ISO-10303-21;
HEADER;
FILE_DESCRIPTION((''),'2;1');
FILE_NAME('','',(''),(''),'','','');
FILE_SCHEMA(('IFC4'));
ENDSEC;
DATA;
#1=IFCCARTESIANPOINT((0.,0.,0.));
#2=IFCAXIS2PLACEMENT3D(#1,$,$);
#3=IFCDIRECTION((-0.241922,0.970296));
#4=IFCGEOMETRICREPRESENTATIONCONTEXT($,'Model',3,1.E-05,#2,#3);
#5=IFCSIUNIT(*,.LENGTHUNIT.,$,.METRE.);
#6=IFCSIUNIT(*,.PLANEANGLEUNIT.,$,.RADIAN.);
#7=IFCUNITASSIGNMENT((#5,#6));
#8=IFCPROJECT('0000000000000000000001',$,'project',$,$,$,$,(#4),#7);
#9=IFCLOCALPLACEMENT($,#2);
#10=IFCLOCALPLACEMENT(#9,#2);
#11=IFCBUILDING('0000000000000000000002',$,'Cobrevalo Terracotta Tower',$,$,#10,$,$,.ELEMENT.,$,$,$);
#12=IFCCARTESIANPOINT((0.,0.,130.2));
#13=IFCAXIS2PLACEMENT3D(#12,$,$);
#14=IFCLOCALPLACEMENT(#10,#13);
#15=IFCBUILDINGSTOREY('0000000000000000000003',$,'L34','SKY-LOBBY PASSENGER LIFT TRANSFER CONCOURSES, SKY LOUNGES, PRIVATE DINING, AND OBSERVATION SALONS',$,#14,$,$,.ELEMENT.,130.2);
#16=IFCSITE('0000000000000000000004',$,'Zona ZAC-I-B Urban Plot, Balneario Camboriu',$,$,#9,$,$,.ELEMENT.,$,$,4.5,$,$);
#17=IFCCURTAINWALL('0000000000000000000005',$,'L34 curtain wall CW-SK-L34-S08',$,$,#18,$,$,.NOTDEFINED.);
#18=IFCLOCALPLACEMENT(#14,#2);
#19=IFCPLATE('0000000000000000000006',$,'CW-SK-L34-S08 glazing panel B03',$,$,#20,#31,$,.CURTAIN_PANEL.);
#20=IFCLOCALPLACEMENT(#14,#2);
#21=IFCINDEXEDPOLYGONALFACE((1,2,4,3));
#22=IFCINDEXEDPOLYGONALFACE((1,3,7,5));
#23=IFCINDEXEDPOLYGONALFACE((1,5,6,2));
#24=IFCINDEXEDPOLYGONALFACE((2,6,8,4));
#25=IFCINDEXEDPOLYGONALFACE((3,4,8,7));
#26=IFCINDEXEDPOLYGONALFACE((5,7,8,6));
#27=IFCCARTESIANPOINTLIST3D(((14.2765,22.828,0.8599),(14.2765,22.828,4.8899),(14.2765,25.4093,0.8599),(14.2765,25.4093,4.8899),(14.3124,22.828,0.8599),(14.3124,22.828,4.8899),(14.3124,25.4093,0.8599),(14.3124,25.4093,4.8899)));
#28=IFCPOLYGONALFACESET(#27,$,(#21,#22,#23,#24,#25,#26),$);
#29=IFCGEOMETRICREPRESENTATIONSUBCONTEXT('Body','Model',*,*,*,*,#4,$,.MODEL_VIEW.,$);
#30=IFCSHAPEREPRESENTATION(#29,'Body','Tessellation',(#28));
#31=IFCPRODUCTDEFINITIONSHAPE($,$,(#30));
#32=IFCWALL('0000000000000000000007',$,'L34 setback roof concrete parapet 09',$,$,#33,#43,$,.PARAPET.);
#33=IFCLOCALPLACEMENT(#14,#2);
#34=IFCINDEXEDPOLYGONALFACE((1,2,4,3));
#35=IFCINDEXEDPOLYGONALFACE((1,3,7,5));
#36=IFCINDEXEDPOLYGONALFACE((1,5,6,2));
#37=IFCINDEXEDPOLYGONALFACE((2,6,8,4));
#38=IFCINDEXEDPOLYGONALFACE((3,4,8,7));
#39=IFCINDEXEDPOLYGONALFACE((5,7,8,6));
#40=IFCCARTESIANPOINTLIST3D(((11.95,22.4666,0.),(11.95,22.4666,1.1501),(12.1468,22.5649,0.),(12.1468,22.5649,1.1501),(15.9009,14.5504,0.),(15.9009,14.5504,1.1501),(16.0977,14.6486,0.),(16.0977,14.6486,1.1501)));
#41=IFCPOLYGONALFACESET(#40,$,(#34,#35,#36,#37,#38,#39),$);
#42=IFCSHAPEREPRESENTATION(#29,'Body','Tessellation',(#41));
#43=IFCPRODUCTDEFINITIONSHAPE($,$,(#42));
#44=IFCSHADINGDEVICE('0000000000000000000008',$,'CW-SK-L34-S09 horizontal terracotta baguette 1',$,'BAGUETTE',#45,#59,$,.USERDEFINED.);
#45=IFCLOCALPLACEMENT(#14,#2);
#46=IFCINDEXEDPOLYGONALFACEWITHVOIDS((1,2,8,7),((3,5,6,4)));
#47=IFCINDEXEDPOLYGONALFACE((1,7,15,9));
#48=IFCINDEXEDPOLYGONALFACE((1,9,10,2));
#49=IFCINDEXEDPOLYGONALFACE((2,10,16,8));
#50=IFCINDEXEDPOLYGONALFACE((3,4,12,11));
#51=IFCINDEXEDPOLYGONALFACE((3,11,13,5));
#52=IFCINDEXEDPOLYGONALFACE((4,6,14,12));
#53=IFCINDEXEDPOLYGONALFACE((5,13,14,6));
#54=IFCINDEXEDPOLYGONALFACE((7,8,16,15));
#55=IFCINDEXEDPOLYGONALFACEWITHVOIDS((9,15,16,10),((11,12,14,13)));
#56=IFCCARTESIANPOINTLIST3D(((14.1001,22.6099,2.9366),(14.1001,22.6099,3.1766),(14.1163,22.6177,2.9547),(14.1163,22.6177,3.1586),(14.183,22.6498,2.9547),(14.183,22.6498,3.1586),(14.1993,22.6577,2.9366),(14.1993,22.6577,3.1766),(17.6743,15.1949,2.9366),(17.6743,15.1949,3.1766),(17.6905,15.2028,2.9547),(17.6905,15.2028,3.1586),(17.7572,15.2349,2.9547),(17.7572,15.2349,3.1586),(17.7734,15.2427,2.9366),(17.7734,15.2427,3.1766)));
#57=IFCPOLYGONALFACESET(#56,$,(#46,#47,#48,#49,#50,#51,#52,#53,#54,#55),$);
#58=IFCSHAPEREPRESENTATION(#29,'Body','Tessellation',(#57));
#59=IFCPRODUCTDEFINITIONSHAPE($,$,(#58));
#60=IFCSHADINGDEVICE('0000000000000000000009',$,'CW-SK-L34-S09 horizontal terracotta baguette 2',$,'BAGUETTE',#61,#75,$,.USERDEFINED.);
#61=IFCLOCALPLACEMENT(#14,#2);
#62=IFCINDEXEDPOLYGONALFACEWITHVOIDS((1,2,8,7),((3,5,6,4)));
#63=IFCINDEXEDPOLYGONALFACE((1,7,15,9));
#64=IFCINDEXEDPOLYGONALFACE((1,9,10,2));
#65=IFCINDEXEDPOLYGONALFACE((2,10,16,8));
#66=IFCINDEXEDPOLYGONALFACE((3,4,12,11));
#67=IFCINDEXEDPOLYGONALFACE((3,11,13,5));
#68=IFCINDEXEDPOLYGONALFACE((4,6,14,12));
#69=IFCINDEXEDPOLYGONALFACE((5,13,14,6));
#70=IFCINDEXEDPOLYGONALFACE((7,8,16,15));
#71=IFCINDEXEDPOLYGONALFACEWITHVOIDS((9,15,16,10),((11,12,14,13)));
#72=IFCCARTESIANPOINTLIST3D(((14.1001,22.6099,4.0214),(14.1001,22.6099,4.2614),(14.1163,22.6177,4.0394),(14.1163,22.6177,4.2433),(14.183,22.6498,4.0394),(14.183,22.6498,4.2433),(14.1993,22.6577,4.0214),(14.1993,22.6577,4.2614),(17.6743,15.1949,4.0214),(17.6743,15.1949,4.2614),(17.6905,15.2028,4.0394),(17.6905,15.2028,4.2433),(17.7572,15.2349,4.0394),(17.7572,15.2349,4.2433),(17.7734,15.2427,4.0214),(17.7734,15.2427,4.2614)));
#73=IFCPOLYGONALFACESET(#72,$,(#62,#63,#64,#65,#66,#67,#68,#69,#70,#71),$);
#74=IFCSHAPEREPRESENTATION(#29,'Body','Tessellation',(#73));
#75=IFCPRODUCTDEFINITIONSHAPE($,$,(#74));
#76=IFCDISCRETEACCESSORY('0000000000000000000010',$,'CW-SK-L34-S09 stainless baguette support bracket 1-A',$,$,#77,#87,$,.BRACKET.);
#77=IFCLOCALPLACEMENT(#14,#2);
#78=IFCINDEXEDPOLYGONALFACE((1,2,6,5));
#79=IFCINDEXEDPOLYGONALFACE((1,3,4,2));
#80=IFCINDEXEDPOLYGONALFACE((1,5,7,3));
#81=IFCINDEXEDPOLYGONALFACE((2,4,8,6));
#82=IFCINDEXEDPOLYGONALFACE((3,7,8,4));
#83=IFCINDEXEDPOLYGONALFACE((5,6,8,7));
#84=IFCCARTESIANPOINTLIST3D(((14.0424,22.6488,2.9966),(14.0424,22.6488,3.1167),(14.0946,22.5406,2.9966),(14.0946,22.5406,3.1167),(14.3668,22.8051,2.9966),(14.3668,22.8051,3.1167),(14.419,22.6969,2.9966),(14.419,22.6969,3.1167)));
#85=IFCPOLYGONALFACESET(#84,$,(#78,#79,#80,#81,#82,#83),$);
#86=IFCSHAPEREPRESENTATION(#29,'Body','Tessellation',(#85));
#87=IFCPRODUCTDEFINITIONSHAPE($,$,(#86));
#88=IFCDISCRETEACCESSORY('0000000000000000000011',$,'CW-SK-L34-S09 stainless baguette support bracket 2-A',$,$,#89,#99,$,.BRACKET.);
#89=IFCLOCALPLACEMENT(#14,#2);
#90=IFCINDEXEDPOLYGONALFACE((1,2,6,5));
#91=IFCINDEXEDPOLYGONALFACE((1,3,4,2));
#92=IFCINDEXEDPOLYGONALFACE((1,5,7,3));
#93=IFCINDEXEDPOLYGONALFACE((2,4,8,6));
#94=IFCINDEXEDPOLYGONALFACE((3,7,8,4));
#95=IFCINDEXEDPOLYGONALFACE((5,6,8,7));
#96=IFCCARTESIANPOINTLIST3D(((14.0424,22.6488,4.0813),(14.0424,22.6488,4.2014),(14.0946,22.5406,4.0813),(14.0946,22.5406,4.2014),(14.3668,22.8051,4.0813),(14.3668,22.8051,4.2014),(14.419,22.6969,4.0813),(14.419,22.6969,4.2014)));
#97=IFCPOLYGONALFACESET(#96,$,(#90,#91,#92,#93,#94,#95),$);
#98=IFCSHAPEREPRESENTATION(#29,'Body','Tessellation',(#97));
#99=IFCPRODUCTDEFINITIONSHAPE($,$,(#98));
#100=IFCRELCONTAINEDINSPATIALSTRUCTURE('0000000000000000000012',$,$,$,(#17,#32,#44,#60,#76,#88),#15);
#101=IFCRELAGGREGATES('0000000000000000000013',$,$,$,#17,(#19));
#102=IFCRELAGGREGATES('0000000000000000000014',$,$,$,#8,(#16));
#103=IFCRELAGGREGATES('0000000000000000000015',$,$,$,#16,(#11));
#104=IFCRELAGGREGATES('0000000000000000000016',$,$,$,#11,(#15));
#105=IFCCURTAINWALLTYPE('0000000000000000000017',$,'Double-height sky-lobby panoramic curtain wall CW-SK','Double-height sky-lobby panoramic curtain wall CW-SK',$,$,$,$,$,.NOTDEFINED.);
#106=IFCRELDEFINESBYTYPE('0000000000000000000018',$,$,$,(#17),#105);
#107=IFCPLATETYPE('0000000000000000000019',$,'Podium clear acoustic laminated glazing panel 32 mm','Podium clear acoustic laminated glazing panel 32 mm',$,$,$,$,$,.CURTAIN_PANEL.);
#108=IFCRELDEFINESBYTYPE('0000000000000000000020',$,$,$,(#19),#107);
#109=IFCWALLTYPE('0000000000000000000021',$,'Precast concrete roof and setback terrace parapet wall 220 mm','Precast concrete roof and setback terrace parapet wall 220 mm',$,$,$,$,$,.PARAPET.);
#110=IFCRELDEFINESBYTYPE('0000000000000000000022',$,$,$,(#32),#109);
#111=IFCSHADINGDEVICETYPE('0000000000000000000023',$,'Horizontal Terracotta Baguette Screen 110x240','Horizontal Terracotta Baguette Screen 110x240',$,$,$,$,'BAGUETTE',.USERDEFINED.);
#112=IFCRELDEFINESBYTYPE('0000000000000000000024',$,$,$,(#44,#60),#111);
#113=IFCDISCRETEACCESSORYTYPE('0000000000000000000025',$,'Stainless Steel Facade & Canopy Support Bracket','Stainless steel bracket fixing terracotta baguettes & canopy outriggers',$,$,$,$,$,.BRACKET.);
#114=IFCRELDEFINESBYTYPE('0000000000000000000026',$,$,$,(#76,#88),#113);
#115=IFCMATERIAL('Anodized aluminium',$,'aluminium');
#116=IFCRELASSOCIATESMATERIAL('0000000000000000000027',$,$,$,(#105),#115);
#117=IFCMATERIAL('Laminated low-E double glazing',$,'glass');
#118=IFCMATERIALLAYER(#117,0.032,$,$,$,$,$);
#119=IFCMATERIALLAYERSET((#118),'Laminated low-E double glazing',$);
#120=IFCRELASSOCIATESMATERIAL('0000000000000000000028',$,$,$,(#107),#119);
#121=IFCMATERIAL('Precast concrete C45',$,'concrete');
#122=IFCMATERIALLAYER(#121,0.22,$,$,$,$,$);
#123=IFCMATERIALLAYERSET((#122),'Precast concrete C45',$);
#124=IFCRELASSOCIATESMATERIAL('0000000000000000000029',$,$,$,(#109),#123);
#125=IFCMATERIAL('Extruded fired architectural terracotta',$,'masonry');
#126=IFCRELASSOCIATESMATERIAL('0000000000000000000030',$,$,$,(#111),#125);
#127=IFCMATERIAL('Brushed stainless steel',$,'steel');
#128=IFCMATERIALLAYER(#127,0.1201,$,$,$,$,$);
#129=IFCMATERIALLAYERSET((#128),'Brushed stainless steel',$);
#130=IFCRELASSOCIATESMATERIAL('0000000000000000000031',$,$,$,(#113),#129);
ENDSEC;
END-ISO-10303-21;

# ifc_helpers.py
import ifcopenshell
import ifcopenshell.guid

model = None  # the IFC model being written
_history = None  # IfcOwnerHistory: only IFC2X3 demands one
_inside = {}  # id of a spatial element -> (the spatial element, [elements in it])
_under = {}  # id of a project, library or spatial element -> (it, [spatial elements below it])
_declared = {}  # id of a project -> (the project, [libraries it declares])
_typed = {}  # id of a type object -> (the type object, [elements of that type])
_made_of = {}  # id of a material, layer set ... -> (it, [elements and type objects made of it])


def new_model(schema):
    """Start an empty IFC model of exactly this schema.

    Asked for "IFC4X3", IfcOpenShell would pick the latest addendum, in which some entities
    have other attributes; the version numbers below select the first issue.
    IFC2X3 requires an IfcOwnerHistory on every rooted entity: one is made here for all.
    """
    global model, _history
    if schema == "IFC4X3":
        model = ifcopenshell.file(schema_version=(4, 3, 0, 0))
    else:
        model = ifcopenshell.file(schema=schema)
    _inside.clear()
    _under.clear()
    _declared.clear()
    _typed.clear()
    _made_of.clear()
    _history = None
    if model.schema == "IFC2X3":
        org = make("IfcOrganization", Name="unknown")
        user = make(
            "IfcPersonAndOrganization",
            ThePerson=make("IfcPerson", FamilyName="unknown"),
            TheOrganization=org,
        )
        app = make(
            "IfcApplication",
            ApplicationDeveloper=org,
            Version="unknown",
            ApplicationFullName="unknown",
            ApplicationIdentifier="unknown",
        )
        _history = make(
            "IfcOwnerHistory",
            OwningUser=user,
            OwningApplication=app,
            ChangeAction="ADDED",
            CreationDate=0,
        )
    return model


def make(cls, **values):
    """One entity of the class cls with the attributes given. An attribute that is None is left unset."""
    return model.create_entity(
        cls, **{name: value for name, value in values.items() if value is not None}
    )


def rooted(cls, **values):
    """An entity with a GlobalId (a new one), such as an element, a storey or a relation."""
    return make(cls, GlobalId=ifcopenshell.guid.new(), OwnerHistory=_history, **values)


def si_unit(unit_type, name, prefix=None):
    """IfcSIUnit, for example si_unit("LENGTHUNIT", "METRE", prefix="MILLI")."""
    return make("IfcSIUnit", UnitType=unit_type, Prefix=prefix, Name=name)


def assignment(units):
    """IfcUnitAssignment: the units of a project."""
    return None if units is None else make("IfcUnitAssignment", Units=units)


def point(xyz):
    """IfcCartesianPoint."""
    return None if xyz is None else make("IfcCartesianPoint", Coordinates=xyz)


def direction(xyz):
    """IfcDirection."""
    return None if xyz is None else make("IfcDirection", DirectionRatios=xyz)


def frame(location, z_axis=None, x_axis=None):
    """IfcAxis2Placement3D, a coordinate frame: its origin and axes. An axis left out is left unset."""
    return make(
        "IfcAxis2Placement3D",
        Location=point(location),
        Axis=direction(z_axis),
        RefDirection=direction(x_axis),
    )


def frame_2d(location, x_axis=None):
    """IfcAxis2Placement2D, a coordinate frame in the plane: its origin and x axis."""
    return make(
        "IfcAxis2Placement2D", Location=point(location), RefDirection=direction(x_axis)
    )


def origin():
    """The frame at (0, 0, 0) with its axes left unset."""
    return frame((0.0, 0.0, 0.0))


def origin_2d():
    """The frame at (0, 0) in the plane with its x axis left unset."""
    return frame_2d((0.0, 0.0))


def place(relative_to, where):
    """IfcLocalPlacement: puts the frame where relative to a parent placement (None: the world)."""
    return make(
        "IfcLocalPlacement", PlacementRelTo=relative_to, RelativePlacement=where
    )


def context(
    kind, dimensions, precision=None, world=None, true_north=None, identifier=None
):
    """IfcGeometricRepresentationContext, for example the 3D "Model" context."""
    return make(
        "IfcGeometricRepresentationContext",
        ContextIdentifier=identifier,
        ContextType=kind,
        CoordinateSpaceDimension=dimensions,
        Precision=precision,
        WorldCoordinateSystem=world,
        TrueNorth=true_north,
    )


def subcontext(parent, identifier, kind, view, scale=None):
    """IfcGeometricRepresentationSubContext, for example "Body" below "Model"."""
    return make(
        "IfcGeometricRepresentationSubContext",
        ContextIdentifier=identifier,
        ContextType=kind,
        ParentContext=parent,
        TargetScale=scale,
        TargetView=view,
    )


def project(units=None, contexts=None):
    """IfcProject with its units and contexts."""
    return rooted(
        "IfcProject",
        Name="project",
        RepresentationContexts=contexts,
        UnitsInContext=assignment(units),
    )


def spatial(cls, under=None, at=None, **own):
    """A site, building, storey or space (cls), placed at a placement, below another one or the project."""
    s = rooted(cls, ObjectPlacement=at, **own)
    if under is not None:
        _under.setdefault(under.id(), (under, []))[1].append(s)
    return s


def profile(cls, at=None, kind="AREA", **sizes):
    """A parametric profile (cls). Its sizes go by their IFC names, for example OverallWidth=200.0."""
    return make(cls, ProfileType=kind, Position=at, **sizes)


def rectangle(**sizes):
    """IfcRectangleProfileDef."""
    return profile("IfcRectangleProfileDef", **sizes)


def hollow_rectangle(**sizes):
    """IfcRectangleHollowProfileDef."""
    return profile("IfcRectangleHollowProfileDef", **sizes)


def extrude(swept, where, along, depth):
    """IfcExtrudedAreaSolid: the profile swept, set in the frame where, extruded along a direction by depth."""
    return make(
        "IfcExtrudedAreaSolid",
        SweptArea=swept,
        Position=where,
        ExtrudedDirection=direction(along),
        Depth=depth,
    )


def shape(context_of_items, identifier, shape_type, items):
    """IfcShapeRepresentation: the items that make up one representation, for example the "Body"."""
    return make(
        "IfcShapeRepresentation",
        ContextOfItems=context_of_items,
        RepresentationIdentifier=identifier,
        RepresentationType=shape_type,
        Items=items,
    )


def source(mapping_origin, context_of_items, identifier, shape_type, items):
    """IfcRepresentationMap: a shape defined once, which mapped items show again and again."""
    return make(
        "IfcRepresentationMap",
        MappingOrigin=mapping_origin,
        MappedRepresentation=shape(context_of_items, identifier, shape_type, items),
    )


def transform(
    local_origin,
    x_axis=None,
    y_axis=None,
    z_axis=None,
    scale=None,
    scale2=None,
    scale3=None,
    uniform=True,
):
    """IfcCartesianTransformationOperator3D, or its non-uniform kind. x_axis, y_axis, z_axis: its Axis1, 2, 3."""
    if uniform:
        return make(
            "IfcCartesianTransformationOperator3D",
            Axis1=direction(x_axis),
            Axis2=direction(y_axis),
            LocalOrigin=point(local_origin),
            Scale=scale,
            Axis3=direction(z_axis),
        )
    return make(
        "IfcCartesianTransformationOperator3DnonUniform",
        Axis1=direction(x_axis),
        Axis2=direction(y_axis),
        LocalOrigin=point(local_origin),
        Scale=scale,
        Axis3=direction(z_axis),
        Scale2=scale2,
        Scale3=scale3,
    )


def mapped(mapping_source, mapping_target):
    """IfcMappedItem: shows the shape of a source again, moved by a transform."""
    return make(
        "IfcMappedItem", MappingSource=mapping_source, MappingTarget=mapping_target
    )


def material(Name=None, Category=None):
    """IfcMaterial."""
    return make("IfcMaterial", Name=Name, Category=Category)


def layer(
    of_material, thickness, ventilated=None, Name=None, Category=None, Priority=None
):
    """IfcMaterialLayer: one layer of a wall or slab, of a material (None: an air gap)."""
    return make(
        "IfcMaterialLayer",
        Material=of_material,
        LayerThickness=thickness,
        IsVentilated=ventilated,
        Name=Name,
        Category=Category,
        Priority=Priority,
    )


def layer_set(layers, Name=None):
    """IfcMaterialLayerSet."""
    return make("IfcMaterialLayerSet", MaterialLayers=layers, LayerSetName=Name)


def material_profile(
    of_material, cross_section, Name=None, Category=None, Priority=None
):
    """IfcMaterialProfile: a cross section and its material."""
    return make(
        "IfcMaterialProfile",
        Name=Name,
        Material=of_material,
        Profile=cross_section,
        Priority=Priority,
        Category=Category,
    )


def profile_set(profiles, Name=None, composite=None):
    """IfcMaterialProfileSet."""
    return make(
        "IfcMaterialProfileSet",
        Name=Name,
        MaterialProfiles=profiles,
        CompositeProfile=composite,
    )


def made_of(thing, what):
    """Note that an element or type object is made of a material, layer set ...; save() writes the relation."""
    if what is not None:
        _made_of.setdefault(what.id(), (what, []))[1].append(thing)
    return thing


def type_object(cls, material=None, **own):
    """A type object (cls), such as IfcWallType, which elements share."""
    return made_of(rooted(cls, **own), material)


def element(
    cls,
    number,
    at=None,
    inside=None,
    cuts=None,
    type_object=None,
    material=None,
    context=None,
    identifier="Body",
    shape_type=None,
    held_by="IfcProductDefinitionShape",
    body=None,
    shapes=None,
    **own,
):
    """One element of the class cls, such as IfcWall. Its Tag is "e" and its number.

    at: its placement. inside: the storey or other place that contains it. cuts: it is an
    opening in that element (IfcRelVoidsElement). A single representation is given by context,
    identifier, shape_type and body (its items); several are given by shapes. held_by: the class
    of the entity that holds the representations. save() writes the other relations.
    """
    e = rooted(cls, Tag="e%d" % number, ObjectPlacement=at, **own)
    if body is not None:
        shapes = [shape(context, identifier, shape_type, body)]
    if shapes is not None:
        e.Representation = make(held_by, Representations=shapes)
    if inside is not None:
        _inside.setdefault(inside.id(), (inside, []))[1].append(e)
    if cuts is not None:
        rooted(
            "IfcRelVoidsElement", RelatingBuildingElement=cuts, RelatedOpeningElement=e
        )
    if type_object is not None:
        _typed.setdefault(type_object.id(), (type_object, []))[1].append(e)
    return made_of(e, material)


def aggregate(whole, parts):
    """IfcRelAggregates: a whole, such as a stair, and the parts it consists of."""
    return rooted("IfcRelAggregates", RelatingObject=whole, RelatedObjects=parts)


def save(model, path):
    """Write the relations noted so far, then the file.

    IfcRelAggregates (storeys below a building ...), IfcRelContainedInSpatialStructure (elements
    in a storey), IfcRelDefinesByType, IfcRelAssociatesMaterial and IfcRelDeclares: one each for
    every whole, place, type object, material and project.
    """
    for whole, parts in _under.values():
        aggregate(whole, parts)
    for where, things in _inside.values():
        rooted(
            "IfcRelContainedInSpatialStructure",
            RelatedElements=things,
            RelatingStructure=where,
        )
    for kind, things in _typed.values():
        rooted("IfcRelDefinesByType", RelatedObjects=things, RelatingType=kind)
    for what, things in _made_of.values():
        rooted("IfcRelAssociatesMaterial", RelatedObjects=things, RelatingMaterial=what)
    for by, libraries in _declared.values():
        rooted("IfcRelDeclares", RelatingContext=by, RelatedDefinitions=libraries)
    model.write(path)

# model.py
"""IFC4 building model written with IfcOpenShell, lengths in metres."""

from ifc_helpers import new_model, si_unit, direction, frame, frame_2d, origin, origin_2d, place, context, subcontext, project, spatial, rectangle, hollow_rectangle, extrude, source, transform, mapped, material, layer, layer_set, material_profile, profile_set, type_object, element, aggregate, save


model = new_model("IFC4")

# Units and contexts
model_context = context("Model", 3, precision=1e-05, world=origin(), true_north=direction((-0.241922, 0.970296)))
body_context = subcontext(model_context, "Body", "Model", "MODEL_VIEW")
ifc_project = project(units=[si_unit("LENGTHUNIT", "METRE"), si_unit("PLANEANGLEUNIT", "RADIAN")], contexts=[model_context])

# Site, building, storey
site_placement = place(None, origin())
site = spatial("IfcSite", under=ifc_project, at=site_placement, Name="Zona ZAC-I-B Urban Plot, Balneario Camboriu", CompositionType="ELEMENT", RefElevation=4.5)
building_placement = place(site_placement, origin())
building = spatial("IfcBuilding", under=site, at=building_placement, Name="Cobrevalo Terracotta Tower", CompositionType="ELEMENT")
storey_placement = place(building_placement, frame((0.0, 0.0, 130.2)))
storey = spatial("IfcBuildingStorey", under=building, at=storey_placement, Name="L34", Description="SKY-LOBBY PASSENGER LIFT TRANSFER CONCOURSES, SKY LOUNGES, PRIVATE DINING, AND OBSERVATION SALONS", CompositionType="ELEMENT", Elevation=130.2)

# Curtain wall
ifc_material_1 = material(Name="Anodized aluminium", Category="aluminium")
curtain_wall_type = type_object("IfcCurtainWallType", Name="Double-height sky-lobby panoramic curtain wall CW-SK", Description="Double-height sky-lobby panoramic curtain wall CW-SK", PredefinedType="NOTDEFINED", material=ifc_material_1)
curtain_wall_1_placement = place(storey_placement, origin())
curtain_wall_1 = element("IfcCurtainWall", 1, at=curtain_wall_1_placement, inside=storey, type_object=curtain_wall_type, Name="L34 curtain wall CW-SK-L34-S08", PredefinedType="NOTDEFINED")

# Plate
ifc_material_2 = material(Name="Laminated low-E double glazing", Category="glass")
ifc_layer_1 = layer(ifc_material_2, 0.032)
ifc_layer_set_1 = layer_set([ifc_layer_1], Name="Laminated low-E double glazing")
plate_type_1 = type_object("IfcPlateType", Name="Podium clear acoustic laminated glazing panel 32 mm", Description="Podium clear acoustic laminated glazing panel 32 mm", PredefinedType="CURTAIN_PANEL", material=ifc_layer_set_1)
shared_shape_1 = source(origin(), body_context, "Body", "SweptSolid", [
    extrude(rectangle(XDim=2.5813, YDim=0.0359, at=origin_2d()), origin(), (0.0, 0.0, 1.0), 4.03),
])
plate_1_placement = place(storey_placement, frame((14.2944, 24.1187, 0.8599), z_axis=(0.0, 0.0, 1.0), x_axis=(0.0, -1.0, 0.0)))
plate_1 = element("IfcPlate", 2, at=plate_1_placement, type_object=plate_type_1, Name="CW-SK-L34-S08 glazing panel B03", PredefinedType="CURTAIN_PANEL", context=body_context, shape_type="MappedRepresentation", body=[
    mapped(shared_shape_1, transform((0.0, 0.0, 0.0), scale=1.0)),
])
aggregate(curtain_wall_1, [plate_1])

# Wall
ifc_material_3 = material(Name="Precast concrete C45", Category="concrete")
ifc_layer_2 = layer(ifc_material_3, 0.22)
ifc_layer_set_2 = layer_set([ifc_layer_2], Name="Precast concrete C45")
wall_type = type_object("IfcWallType", Name="Precast concrete roof and setback terrace parapet wall 220 mm", Description="Precast concrete roof and setback terrace parapet wall 220 mm", PredefinedType="PARAPET", material=ifc_layer_set_2)
wall_placement = place(storey_placement, frame((12.0483, 22.5159, 0.0), z_axis=(0.0, 0.0, 1.0), x_axis=(0.446562, -0.894753, 0.0)))
element("IfcWall", 3, at=wall_placement, inside=storey, type_object=wall_type, Name="L34 setback roof concrete parapet 09", PredefinedType="PARAPET", context=body_context, shape_type="SweptSolid", body=[
    extrude(rectangle(XDim=8.8474, YDim=0.22, at=frame_2d((4.4238, 0.0))), origin(), (0.0, 0.0, 1.0), 1.1501),
])

# Shading devices
ifc_material_4 = material(Name="Extruded fired architectural terracotta", Category="masonry")
ifc_material_profile_1 = material_profile(ifc_material_4, hollow_rectangle(XDim=0.1101, YDim=0.24, WallThickness=0.0181, at=origin_2d()), Name="BAGUETTE 110x240")
ifc_profile_set_1 = profile_set([ifc_material_profile_1], Name="Extruded fired architectural terracotta")
shading_device_type = type_object("IfcShadingDeviceType", Name="Horizontal Terracotta Baguette Screen 110x240", Description="Horizontal Terracotta Baguette Screen 110x240", ElementType="BAGUETTE", PredefinedType="USERDEFINED", material=ifc_profile_set_1)
shared_shape_2 = source(origin(), body_context, "Body", "SweptSolid", [
    extrude(hollow_rectangle(XDim=0.1101, YDim=0.24, WallThickness=0.0181, at=origin_2d()), origin(), (0.0, 0.0, 1.0), 8.2314),
])
for number, where, z_axis, x_axis, name in (
    (4, (14.1497, 22.6338, 3.0566), (0.434212, -0.900811, 0.0), (0.900811, 0.434212, 0.0), "CW-SK-L34-S09 horizontal terracotta baguette 1"),
    (5, (14.1497, 22.6338, 4.1414), (0.434212, -0.900811, 0.0), (0.900811, 0.434212, 0.0), "CW-SK-L34-S09 horizontal terracotta baguette 2"),
):
    element("IfcShadingDevice", number, at=place(storey_placement, frame(where, z_axis=z_axis, x_axis=x_axis)), inside=storey, type_object=shading_device_type, Name=name, ObjectType="BAGUETTE", PredefinedType="USERDEFINED", context=body_context, shape_type="MappedRepresentation", body=[
        mapped(shared_shape_2, transform((0.0, 0.0, 0.0), scale=1.0)),
    ])

# Discrete accessories
ifc_material_5 = material(Name="Brushed stainless steel", Category="steel")
ifc_layer_3 = layer(ifc_material_5, 0.1201)
ifc_layer_set_3 = layer_set([ifc_layer_3], Name="Brushed stainless steel")
discrete_accessory_type = type_object("IfcDiscreteAccessoryType", Name="Stainless Steel Facade & Canopy Support Bracket", Description="Stainless steel bracket fixing terracotta baguettes & canopy outriggers", PredefinedType="BRACKET", material=ifc_layer_set_3)
shared_shape_3 = source(origin(), body_context, "Body", "SweptSolid", [
    extrude(rectangle(XDim=0.1201, YDim=0.3601, at=origin_2d()), origin(), (0.0, 0.0, 1.0), 0.1201),
])
for number, where, z_axis, x_axis, name in (
    (6, (14.2307, 22.6729, 2.9966), (0.0, 0.0, 1.0), (0.434209, -0.900812, 0.0), "CW-SK-L34-S09 stainless baguette support bracket 1-A"),
    (7, (14.2307, 22.6729, 4.0813), (0.0, 0.0, 1.0), (0.434209, -0.900812, 0.0), "CW-SK-L34-S09 stainless baguette support bracket 2-A"),
):
    element("IfcDiscreteAccessory", number, at=place(storey_placement, frame(where, z_axis=z_axis, x_axis=x_axis)), inside=storey, type_object=discrete_accessory_type, Name=name, PredefinedType="BRACKET", context=body_context, shape_type="MappedRepresentation", body=[
        mapped(shared_shape_3, transform((0.0, 0.0, 0.0), scale=1.0)),
    ])

save(model, "model.ifc")
